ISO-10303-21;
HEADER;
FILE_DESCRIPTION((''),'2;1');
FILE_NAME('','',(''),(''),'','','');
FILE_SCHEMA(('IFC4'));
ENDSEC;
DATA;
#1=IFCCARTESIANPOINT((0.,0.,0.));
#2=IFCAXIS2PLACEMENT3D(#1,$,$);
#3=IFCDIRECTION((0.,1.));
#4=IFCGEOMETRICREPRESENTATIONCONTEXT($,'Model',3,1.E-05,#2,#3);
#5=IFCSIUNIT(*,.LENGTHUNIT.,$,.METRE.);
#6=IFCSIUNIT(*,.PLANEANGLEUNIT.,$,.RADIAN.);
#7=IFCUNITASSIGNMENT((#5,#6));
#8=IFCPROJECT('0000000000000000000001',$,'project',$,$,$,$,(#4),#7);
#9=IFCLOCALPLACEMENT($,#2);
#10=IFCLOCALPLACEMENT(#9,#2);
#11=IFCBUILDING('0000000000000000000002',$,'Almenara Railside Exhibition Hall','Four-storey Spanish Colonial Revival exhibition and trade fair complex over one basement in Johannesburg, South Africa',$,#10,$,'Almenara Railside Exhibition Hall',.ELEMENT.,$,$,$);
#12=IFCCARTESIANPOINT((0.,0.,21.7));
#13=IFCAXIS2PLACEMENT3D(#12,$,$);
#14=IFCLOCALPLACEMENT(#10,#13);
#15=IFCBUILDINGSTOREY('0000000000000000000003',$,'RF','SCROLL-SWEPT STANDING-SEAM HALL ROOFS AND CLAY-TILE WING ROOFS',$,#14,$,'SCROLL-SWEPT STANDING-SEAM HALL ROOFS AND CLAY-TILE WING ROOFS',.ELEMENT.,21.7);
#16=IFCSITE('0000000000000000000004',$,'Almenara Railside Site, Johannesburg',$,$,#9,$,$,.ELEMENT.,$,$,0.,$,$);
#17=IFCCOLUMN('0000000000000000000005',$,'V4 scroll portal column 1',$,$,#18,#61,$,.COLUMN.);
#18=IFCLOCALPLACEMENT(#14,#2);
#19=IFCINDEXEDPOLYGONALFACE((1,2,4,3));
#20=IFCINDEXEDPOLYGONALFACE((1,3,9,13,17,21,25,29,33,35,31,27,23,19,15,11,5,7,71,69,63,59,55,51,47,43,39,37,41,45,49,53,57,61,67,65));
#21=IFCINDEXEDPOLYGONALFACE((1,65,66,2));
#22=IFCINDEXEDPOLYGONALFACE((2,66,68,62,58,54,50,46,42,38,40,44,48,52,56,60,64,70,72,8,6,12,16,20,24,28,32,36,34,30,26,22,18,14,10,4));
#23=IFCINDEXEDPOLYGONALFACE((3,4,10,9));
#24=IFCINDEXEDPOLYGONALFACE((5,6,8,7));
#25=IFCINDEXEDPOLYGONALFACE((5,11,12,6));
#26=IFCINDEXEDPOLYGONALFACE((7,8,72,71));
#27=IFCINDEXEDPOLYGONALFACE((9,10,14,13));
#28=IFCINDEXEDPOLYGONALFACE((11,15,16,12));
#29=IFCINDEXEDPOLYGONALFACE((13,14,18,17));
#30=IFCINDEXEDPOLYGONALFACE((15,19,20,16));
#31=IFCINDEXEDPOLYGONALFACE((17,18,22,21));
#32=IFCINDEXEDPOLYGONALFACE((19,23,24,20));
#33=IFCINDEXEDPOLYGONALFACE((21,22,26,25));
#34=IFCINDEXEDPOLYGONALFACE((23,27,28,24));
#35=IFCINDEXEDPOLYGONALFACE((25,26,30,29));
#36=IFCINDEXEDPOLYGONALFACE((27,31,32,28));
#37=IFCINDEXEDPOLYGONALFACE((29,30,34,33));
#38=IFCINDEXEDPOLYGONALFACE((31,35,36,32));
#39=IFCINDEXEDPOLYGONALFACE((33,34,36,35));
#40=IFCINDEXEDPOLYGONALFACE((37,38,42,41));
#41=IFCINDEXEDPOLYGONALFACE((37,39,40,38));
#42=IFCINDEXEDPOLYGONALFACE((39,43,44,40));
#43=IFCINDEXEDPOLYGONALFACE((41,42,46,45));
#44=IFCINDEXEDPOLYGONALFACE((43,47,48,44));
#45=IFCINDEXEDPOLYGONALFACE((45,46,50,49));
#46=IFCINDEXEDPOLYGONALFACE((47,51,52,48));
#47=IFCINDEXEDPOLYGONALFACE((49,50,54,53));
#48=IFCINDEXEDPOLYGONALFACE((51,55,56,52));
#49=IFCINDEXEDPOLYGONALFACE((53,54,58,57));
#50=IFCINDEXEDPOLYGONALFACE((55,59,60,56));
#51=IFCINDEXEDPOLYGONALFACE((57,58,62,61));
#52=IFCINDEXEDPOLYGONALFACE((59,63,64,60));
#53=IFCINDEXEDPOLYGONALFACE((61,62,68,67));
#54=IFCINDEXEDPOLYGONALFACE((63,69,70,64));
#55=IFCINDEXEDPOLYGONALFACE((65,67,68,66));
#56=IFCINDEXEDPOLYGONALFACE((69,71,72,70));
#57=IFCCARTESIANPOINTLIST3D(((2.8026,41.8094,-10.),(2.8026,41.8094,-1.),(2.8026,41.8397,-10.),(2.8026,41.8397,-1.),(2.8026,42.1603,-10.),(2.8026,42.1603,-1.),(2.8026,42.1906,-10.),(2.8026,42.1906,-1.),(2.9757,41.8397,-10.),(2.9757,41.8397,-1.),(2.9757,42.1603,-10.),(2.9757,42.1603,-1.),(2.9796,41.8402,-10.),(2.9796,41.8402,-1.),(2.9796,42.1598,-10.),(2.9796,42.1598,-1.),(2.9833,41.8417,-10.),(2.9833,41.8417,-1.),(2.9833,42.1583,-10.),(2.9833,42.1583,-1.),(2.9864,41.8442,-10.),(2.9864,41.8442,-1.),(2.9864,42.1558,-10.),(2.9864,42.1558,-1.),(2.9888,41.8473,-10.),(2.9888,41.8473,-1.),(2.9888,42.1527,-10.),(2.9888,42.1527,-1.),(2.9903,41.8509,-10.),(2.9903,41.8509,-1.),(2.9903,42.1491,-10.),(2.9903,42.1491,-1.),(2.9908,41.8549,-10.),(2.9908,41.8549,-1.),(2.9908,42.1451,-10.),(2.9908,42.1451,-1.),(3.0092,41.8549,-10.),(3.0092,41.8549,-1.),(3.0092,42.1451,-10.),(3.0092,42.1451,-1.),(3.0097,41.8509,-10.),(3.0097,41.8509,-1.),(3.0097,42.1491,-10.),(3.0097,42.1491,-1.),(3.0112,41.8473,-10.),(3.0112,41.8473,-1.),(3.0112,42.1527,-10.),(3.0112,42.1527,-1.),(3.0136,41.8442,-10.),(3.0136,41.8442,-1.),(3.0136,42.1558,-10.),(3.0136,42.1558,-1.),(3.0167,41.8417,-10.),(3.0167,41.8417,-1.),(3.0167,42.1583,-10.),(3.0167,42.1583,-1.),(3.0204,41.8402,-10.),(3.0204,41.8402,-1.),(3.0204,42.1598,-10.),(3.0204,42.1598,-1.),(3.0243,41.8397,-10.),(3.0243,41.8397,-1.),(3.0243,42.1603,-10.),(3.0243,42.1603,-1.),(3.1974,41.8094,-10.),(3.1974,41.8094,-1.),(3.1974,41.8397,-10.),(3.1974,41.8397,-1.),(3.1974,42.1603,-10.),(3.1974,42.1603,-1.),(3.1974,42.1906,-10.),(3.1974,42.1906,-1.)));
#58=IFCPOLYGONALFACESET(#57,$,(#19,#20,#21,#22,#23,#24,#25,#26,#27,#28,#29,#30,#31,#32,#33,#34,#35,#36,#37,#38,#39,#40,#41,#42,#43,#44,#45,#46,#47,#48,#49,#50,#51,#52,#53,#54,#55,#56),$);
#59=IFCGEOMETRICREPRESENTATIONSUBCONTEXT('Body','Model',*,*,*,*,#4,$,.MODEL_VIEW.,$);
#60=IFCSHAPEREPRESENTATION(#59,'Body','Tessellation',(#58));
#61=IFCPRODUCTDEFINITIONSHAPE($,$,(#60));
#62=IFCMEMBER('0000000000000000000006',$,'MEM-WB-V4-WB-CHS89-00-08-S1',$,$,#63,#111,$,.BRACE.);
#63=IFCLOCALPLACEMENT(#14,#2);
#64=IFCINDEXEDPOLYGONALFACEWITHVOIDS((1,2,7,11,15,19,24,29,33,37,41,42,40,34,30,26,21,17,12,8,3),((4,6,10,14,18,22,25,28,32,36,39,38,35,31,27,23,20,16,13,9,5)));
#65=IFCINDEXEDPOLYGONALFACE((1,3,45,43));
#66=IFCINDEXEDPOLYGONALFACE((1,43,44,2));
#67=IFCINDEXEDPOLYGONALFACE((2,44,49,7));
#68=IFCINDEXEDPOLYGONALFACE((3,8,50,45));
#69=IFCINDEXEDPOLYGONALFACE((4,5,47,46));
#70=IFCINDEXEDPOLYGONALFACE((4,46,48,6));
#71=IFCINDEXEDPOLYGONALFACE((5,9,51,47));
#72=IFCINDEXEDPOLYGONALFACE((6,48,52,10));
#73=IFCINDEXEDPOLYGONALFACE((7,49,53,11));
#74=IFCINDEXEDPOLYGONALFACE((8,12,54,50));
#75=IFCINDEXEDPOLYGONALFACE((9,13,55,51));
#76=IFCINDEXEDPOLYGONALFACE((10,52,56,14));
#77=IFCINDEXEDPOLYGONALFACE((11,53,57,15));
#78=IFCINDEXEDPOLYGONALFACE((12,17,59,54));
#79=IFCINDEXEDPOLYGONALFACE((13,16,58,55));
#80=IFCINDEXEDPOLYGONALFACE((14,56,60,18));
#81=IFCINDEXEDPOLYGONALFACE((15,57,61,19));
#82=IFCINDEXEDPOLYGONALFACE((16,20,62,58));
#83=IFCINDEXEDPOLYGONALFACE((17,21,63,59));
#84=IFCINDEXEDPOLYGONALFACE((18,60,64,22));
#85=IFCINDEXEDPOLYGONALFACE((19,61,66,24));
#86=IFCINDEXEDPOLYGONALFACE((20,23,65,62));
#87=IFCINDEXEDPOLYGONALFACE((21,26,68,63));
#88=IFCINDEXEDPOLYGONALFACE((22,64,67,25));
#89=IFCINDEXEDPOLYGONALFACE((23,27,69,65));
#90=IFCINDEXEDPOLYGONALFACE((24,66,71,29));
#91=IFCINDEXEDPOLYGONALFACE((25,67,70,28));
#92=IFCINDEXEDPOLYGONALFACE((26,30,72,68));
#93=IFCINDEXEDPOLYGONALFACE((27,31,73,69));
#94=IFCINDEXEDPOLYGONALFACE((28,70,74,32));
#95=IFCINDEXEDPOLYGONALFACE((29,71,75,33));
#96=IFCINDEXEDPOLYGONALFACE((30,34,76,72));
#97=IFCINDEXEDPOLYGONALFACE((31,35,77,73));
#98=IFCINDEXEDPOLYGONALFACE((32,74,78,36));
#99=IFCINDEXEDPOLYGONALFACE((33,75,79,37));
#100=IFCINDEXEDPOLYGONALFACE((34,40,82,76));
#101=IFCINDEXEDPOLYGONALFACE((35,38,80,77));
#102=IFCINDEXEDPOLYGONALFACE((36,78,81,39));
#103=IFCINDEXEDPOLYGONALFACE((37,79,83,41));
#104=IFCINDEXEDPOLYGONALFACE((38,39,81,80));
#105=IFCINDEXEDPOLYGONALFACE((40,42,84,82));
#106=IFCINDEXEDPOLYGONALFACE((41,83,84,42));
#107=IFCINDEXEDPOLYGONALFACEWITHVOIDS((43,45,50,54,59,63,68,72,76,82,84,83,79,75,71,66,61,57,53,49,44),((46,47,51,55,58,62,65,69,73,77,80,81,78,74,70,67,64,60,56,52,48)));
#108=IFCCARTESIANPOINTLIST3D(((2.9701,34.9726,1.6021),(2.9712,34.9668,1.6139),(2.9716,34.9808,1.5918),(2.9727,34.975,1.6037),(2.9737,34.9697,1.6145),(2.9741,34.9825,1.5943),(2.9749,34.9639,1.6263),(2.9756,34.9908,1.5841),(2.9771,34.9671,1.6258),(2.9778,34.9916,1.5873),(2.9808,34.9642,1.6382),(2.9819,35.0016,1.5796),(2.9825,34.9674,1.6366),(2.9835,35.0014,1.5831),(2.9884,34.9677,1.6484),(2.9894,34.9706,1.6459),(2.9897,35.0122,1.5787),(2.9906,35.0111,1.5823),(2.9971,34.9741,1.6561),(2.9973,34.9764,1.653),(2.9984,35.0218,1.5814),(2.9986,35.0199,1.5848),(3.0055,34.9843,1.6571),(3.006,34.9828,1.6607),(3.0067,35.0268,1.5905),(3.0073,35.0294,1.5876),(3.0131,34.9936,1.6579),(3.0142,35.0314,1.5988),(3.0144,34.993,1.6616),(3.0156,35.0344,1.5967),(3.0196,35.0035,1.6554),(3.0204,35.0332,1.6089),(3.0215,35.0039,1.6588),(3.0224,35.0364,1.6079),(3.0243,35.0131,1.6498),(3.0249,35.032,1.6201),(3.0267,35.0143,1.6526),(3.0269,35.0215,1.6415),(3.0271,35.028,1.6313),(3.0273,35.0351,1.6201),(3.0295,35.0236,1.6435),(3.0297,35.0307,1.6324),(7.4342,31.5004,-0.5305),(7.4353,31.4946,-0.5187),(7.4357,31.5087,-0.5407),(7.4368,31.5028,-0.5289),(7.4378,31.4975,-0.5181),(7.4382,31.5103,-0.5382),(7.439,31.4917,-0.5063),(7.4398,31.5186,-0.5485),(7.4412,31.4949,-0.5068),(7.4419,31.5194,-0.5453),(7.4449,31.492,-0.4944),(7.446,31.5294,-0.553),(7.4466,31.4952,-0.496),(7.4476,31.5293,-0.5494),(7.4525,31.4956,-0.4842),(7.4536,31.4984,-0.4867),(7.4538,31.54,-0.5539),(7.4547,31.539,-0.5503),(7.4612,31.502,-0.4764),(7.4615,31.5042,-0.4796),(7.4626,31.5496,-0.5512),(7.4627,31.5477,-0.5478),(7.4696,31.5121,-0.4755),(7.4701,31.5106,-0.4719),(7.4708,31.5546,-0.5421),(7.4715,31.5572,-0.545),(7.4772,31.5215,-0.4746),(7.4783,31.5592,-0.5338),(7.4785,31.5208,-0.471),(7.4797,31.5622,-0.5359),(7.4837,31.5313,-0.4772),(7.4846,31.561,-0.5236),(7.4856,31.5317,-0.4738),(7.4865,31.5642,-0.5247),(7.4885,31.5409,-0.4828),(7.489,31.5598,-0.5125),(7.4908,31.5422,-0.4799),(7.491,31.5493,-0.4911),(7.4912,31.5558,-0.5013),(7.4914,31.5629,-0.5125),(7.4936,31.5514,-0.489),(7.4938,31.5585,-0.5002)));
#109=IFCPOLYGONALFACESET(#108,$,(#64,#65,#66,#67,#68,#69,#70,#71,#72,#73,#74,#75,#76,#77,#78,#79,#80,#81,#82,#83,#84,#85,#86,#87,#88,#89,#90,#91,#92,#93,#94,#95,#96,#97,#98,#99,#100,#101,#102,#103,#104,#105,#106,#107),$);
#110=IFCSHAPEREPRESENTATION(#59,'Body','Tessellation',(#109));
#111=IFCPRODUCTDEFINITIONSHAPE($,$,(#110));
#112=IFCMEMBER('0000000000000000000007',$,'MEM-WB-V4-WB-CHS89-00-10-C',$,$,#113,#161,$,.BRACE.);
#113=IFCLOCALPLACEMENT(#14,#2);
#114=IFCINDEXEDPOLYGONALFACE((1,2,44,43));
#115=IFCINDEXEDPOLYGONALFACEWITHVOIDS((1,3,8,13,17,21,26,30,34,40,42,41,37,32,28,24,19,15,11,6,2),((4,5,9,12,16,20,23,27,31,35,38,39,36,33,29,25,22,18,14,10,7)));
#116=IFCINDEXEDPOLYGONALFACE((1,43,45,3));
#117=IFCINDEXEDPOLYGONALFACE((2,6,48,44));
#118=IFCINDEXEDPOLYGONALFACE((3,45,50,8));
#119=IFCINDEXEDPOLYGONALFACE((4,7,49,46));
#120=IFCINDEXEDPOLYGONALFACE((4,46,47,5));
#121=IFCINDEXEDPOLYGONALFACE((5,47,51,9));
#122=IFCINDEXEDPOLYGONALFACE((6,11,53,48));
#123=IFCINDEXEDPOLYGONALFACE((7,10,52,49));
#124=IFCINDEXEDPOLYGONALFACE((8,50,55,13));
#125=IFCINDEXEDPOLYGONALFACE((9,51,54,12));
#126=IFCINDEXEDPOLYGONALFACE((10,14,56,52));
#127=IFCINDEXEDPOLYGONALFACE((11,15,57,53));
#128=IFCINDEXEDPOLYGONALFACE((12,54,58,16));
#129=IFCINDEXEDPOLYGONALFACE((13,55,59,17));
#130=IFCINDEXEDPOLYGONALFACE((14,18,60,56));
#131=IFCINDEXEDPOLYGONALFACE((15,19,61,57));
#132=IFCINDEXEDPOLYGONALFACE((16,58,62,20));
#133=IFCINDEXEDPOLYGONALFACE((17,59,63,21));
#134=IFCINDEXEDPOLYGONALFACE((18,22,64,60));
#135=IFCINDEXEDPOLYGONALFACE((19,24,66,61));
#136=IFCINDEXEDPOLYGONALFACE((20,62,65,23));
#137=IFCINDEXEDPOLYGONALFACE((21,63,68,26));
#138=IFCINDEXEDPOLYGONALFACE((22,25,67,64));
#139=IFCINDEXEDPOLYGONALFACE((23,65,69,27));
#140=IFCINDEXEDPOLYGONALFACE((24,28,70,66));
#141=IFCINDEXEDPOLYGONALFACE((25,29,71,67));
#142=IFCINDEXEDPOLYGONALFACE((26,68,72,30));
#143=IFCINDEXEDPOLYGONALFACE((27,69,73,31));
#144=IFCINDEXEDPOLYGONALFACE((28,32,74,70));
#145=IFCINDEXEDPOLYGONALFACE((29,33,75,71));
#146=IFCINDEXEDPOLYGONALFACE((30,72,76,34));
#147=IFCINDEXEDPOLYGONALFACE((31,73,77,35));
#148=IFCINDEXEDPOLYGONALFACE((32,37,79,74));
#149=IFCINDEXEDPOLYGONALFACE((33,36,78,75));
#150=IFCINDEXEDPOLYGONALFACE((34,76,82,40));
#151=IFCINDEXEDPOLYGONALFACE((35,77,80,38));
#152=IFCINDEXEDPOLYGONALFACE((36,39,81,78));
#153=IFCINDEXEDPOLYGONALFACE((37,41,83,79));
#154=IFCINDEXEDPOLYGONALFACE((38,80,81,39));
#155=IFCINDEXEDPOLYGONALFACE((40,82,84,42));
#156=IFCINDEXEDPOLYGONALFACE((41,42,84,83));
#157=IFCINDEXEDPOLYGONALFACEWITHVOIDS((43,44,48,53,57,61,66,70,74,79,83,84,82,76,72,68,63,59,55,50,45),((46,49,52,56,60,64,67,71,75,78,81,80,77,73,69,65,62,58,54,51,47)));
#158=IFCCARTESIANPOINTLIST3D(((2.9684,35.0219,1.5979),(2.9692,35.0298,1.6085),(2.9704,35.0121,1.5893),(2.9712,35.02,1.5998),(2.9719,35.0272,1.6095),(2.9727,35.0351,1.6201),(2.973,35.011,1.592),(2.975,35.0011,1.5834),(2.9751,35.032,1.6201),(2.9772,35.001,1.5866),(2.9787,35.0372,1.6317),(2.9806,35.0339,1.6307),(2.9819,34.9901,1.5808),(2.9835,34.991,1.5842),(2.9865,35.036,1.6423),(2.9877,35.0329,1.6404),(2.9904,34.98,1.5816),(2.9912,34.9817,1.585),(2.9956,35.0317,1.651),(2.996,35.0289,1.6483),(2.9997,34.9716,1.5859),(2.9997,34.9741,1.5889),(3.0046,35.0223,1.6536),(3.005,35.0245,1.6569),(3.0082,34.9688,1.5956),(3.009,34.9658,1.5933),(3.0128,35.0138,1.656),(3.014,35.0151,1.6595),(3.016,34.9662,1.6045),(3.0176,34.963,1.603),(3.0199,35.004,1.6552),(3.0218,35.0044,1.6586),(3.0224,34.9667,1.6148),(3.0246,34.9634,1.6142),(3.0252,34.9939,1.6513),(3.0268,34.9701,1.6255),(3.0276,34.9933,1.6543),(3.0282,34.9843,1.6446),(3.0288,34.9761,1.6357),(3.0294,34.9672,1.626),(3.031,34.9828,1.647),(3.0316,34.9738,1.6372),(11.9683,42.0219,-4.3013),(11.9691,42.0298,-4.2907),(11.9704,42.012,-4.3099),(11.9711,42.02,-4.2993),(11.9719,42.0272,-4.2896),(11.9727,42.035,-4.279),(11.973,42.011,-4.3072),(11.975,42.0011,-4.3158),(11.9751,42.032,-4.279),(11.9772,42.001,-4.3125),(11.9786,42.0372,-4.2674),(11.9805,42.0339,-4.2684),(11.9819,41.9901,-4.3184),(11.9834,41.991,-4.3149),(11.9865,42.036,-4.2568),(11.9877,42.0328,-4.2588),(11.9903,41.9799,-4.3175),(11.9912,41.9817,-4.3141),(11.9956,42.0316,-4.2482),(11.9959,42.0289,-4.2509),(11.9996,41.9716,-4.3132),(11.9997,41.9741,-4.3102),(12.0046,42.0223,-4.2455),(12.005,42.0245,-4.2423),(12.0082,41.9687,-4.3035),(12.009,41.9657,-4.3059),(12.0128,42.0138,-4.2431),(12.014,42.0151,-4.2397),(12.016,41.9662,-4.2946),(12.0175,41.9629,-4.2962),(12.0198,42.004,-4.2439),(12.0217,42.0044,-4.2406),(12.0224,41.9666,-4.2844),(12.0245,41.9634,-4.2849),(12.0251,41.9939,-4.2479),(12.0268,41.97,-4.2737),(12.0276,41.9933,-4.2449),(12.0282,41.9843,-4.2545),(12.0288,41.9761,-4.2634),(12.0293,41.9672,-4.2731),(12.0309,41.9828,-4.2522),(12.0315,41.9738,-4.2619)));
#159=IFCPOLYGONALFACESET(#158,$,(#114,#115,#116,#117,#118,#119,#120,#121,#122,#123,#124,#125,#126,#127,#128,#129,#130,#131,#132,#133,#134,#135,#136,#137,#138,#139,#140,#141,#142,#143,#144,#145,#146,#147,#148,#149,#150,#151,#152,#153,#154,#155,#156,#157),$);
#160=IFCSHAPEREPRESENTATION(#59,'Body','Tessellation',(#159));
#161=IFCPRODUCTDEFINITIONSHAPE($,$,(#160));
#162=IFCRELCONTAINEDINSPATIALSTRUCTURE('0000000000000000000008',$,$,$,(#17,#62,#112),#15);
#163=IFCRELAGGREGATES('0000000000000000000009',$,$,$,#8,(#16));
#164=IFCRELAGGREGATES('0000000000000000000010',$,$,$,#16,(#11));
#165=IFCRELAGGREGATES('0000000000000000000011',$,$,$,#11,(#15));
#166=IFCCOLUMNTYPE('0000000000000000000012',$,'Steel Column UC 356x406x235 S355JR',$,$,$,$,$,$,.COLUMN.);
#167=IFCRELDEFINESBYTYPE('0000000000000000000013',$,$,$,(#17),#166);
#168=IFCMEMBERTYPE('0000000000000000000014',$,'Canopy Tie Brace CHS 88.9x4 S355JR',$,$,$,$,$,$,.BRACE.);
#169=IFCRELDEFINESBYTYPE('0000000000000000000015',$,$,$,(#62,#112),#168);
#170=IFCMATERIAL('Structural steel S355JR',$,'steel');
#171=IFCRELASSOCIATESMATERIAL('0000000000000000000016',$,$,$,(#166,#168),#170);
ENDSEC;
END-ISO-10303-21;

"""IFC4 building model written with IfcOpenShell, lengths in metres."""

from ifc_helpers import new_model, si_unit, direction, frame, origin, origin_2d, place, context, subcontext, project, spatial, hollow_circle, i_section, extrude, material, material_profile, profile_set, type_object, element, save


model = new_model("IFC4")

# Units and contexts
model_context = context("Model", 3, precision=1e-05, world=origin(), true_north=direction((0.0, 1.0)))
body_context = subcontext(model_context, "Body", "Model", "MODEL_VIEW")
ifc_project = project(units=[si_unit("LENGTHUNIT", "METRE"), si_unit("PLANEANGLEUNIT", "RADIAN")], contexts=[model_context])

# Site, building, storey
site_placement = place(None, origin())
site = spatial("IfcSite", under=ifc_project, at=site_placement, Name="Almenara Railside Site, Johannesburg", CompositionType="ELEMENT", RefElevation=0.0)
building_placement = place(site_placement, origin())
building = spatial("IfcBuilding", under=site, at=building_placement, Name="Almenara Railside Exhibition Hall", Description="Four-storey Spanish Colonial Revival exhibition and trade fair complex over one basement in Johannesburg, South Africa", LongName="Almenara Railside Exhibition Hall", CompositionType="ELEMENT")
storey_placement = place(building_placement, frame((0.0, 0.0, 21.7)))
storey = spatial("IfcBuildingStorey", under=building, at=storey_placement, Name="RF", Description="SCROLL-SWEPT STANDING-SEAM HALL ROOFS AND CLAY-TILE WING ROOFS", LongName="SCROLL-SWEPT STANDING-SEAM HALL ROOFS AND CLAY-TILE WING ROOFS", CompositionType="ELEMENT", Elevation=21.7)

# Column
ifc_material_1 = material(Name="Structural steel S355JR", Category="steel")
ifc_material_profile_1 = material_profile(ifc_material_1, i_section(OverallWidth=0.3948, OverallDepth=0.3811, WebThickness=0.0183, FlangeThickness=0.0303, FilletRadius=0.0151, at=origin_2d()), Name="UC 356x406x235")
ifc_profile_set_1 = profile_set([ifc_material_profile_1], Name="Structural steel S355JR")
column_type = type_object("IfcColumnType", Name="Steel Column UC 356x406x235 S355JR", PredefinedType="COLUMN", material=ifc_profile_set_1)
column_placement = place(storey_placement, frame((3.0, 42.0, -10.0), z_axis=(0.0, 0.0, 1.0), x_axis=(1.0, 0.0, 0.0)))
element("IfcColumn", 1, at=column_placement, inside=storey, type_object=column_type, Name="V4 scroll portal column 1", PredefinedType="COLUMN", context=body_context, shape_type="SweptSolid", body=[
    extrude(i_section(OverallWidth=0.3948, OverallDepth=0.3811, WebThickness=0.0183, FlangeThickness=0.0303, FilletRadius=0.0151, at=origin_2d()), origin(), (0.0, 0.0, 1.0), 9.0),
])

# Members
ifc_material_profile_2 = material_profile(ifc_material_1, hollow_circle(Radius=0.0444, WallThickness=0.0039, at=origin_2d()), Name="CHS 88.9x4")
ifc_profile_set_2 = profile_set([ifc_material_profile_2], Name="Structural steel S355JR")
member_type_1 = type_object("IfcMemberType", Name="Canopy Tie Brace CHS 88.9x4 S355JR", PredefinedType="BRACE", material=ifc_profile_set_2)
member_1_placement = place(storey_placement, frame((3.0, 35.0, 1.6201), z_axis=(0.73858, -0.574465, -0.35283), x_axis=(0.61395, 0.789345, 0.0)))
element("IfcMember", 2, at=member_1_placement, inside=storey, type_object=member_type_1, Name="MEM-WB-V4-WB-CHS89-00-08-S1", PredefinedType="BRACE", context=body_context, shape_type="SweptSolid", body=[
    extrude(hollow_circle(Radius=0.0444, WallThickness=0.0039, at=origin_2d()), origin(), (0.0, 0.0, 1.0), 6.0442),
])
member_2_placement = place(storey_placement, frame((3.0, 35.0, 1.6201), z_axis=(0.701074, 0.545279, -0.459528), x_axis=(-0.613941, 0.789352, 0.0)))
element("IfcMember", 3, at=member_2_placement, inside=storey, type_object=member_type_1, Name="MEM-WB-V4-WB-CHS89-00-10-C", PredefinedType="BRACE", context=body_context, shape_type="SweptSolid", body=[
    extrude(hollow_circle(Radius=0.0444, WallThickness=0.0039, at=origin_2d()), origin(), (0.0, 0.0, 1.0), 12.8374),
])

save(model, "model.ifc")
